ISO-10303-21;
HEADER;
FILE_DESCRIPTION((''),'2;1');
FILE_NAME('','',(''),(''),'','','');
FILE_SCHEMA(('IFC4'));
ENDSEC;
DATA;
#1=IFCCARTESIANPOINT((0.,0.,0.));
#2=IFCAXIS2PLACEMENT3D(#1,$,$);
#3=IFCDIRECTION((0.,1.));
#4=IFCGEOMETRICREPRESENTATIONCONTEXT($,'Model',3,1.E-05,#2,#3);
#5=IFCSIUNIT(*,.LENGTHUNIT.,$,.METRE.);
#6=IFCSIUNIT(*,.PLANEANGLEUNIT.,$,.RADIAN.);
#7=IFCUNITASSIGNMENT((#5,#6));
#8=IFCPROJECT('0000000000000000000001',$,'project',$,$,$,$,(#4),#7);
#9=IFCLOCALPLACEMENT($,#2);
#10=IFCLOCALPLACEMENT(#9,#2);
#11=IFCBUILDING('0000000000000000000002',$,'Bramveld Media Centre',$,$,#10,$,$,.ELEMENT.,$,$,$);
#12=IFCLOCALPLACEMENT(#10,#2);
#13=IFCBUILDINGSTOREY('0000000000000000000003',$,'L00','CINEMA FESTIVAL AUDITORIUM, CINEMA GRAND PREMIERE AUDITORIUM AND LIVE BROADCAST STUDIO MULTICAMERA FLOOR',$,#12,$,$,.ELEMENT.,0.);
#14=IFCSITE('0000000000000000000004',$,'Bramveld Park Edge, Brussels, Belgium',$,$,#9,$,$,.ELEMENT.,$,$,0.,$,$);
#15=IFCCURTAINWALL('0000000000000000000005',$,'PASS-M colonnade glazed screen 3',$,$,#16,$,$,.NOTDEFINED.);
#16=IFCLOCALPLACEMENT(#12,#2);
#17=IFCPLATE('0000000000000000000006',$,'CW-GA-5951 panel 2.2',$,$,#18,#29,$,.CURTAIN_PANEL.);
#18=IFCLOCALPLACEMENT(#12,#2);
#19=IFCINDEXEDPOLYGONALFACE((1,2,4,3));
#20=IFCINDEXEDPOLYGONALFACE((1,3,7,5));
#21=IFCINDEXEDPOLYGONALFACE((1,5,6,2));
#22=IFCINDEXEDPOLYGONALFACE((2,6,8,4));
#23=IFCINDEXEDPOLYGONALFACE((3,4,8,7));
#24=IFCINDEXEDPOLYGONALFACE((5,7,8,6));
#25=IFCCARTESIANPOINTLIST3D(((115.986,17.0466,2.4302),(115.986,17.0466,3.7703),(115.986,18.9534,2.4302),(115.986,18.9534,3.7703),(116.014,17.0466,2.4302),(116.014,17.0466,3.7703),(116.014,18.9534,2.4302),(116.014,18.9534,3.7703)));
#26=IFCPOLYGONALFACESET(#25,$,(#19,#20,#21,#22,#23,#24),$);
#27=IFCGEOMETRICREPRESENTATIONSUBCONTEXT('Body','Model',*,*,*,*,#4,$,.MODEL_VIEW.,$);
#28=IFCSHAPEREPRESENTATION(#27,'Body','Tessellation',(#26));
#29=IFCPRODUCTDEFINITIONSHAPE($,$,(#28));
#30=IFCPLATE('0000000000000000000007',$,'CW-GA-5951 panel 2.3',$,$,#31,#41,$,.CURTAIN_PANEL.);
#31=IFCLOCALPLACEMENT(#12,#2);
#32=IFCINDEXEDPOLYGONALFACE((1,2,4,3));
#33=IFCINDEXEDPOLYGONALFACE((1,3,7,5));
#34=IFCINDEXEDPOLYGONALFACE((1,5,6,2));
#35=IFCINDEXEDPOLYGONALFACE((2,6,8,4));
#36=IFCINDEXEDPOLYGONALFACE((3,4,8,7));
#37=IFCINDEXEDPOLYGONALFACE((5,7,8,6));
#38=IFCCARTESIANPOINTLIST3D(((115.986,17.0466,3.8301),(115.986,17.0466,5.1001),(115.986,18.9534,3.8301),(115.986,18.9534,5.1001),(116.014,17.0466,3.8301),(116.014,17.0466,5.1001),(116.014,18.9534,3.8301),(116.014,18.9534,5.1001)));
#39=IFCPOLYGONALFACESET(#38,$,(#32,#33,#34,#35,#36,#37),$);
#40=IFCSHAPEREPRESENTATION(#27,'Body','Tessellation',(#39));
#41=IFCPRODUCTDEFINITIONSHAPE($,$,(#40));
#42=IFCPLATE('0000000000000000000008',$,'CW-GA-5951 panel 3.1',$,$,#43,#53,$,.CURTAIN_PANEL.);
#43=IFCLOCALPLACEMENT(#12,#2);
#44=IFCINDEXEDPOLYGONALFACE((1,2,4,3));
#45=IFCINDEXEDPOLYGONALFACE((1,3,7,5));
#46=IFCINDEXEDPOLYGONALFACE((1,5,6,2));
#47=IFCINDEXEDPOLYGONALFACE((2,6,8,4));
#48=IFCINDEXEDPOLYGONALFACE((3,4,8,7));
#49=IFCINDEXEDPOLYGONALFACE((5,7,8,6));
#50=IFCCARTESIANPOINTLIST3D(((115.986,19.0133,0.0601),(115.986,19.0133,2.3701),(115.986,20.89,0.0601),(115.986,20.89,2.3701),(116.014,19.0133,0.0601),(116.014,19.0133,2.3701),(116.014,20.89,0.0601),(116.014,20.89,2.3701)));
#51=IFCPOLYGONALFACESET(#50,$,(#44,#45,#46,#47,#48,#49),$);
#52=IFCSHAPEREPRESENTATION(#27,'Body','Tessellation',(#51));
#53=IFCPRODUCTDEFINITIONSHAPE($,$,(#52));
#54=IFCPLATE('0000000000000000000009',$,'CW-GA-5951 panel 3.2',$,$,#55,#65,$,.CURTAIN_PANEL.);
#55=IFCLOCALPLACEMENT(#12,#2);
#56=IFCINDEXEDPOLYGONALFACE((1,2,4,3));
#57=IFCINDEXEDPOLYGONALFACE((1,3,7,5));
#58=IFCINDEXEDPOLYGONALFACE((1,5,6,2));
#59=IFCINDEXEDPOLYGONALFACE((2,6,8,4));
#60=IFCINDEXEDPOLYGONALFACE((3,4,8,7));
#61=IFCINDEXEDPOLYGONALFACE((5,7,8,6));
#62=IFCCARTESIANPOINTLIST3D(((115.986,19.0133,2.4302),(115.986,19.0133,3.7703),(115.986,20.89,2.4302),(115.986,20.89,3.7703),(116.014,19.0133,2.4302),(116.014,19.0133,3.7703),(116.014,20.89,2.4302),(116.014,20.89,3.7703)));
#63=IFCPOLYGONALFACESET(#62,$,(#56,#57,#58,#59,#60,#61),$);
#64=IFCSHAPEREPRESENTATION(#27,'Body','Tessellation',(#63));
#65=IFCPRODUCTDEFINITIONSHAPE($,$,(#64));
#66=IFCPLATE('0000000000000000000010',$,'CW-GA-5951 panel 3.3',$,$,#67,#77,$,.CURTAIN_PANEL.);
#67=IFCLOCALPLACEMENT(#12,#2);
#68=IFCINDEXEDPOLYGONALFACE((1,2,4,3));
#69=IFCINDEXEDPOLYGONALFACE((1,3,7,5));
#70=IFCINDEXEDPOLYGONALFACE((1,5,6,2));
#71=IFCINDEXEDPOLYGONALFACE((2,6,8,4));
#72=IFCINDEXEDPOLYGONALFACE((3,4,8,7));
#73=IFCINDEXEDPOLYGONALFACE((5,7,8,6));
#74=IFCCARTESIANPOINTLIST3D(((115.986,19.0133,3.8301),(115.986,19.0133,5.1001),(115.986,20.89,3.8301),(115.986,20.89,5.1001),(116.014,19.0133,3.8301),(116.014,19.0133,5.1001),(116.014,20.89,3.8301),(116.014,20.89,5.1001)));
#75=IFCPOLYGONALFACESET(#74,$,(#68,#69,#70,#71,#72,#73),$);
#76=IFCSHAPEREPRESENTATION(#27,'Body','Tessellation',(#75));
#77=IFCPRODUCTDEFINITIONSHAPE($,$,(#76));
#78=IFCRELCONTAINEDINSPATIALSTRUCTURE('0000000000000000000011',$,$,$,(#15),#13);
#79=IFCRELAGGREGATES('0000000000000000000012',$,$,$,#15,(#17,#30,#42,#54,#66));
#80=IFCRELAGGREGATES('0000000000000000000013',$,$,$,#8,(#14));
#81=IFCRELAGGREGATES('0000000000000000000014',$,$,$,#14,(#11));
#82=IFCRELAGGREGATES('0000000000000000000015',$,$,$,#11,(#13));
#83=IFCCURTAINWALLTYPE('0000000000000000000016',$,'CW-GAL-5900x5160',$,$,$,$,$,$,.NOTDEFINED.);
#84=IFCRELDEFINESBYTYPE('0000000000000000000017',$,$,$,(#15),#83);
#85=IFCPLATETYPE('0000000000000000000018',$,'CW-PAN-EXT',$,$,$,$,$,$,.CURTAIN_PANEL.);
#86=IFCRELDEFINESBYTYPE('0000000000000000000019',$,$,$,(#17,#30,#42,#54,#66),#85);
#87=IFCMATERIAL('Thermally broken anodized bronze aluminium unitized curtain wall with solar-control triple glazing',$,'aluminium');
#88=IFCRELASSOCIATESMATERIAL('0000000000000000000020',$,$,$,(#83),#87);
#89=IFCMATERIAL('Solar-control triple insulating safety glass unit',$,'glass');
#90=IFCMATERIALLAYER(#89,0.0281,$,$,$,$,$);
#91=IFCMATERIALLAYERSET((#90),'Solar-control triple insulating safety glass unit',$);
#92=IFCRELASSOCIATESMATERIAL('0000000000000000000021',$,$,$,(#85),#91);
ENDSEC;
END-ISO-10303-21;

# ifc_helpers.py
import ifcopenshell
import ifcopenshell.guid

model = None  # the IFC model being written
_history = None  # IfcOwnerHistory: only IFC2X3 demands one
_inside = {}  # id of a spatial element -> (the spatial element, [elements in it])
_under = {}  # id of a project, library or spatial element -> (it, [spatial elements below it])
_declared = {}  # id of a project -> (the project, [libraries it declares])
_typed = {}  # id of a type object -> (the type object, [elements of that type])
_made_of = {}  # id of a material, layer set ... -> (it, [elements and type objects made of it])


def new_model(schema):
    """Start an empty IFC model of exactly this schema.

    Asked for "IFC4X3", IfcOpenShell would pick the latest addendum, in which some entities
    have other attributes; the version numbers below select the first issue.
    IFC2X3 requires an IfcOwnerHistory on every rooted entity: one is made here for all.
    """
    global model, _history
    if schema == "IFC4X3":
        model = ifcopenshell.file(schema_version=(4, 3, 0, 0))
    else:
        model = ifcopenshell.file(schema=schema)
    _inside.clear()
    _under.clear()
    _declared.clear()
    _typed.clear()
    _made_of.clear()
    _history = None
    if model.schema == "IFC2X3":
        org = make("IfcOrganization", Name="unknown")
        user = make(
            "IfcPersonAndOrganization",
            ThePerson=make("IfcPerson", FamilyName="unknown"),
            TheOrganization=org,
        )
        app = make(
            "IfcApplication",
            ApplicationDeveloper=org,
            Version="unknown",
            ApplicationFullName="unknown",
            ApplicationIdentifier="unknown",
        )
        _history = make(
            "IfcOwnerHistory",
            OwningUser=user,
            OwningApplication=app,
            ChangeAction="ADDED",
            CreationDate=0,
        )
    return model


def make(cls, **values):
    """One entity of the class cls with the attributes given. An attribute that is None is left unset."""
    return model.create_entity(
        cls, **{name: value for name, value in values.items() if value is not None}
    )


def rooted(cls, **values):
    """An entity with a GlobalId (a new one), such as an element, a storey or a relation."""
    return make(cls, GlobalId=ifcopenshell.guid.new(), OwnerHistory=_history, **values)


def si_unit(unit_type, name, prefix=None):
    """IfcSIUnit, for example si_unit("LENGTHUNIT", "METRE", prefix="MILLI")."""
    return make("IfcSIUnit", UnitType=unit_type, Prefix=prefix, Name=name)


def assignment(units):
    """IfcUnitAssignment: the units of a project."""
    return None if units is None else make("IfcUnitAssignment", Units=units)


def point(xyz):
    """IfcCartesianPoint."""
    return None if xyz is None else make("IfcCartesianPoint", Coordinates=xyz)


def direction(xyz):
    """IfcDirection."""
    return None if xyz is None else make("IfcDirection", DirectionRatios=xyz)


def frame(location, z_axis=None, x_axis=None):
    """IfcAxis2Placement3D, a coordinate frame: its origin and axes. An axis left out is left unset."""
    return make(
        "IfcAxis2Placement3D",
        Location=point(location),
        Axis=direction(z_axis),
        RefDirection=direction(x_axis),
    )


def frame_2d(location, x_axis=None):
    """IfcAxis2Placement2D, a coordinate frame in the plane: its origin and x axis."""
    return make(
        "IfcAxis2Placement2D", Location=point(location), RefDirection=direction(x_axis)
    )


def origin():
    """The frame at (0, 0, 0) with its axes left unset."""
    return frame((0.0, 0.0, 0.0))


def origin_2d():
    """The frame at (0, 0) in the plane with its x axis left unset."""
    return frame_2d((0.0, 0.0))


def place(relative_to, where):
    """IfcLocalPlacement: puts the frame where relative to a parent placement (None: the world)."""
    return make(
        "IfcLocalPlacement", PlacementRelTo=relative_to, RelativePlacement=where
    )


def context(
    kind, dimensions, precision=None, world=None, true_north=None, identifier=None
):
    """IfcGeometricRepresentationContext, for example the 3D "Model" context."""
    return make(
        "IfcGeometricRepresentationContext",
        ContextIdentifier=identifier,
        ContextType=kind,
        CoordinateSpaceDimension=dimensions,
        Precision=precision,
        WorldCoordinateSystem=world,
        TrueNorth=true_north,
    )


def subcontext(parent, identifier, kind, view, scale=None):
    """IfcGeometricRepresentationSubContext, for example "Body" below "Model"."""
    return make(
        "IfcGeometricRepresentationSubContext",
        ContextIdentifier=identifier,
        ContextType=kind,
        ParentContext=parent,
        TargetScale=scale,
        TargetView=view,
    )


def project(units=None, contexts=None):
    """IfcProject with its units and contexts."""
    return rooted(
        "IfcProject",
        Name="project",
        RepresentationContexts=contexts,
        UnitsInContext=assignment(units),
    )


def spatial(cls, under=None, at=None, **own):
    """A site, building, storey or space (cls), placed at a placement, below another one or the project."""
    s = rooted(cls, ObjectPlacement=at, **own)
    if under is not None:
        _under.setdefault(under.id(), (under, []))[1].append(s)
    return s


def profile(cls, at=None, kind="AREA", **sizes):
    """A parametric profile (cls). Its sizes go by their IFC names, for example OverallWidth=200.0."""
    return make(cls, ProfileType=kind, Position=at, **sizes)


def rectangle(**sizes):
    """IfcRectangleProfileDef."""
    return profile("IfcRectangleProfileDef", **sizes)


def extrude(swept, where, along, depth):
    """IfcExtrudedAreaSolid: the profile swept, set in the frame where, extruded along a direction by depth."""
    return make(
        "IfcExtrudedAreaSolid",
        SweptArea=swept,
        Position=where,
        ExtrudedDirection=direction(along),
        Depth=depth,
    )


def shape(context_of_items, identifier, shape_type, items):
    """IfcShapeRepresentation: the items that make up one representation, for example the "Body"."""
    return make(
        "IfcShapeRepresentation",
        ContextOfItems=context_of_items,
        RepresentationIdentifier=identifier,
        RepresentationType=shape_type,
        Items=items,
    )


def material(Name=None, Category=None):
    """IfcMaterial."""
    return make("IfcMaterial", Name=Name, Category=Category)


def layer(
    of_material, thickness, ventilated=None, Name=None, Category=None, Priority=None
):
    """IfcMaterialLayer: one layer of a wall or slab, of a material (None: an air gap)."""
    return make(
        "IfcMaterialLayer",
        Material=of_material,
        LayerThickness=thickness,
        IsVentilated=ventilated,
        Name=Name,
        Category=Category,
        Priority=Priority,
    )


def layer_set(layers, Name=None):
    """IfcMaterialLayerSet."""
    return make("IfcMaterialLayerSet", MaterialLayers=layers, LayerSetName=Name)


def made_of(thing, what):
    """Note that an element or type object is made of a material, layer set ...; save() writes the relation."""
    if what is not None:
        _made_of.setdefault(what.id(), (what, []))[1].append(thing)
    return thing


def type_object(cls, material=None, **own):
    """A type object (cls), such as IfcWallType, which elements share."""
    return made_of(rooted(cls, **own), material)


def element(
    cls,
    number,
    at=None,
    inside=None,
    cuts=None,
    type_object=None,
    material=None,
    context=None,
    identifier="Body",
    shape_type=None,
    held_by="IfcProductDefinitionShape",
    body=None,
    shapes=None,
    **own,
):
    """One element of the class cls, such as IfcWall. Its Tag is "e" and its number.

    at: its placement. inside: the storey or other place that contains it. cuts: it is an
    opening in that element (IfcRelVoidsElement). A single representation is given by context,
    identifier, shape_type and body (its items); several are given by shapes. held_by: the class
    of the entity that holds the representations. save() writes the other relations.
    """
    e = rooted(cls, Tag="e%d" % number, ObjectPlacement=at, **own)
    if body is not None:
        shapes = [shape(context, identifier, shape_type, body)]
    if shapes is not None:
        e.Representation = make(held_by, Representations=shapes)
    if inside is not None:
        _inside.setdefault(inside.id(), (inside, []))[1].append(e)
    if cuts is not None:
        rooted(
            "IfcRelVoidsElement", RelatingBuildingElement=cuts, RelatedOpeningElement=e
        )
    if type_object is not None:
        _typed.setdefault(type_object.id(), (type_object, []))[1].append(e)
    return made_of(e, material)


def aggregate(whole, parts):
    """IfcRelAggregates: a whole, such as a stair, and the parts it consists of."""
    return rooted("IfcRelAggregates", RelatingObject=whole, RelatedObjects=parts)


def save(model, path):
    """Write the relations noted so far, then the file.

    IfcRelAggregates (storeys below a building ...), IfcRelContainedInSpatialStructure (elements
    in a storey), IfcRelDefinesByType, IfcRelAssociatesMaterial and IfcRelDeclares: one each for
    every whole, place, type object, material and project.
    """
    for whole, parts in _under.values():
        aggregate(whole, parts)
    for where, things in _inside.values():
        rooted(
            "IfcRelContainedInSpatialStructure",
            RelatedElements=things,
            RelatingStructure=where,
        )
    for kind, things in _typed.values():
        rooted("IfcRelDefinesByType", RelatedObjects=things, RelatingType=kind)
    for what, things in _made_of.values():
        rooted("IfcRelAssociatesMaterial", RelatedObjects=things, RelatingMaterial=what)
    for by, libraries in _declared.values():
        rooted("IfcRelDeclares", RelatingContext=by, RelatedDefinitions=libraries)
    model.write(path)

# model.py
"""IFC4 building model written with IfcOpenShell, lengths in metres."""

from ifc_helpers import new_model, si_unit, direction, frame, origin, origin_2d, place, context, subcontext, project, spatial, rectangle, extrude, material, layer, layer_set, type_object, element, aggregate, save


model = new_model("IFC4")

# Units and contexts
model_context = context("Model", 3, precision=1e-05, world=origin(), true_north=direction((0.0, 1.0)))
body_context = subcontext(model_context, "Body", "Model", "MODEL_VIEW")
ifc_project = project(units=[si_unit("LENGTHUNIT", "METRE"), si_unit("PLANEANGLEUNIT", "RADIAN")], contexts=[model_context])

# Site, building, storey
site_placement = place(None, origin())
site = spatial("IfcSite", under=ifc_project, at=site_placement, Name="Bramveld Park Edge, Brussels, Belgium", CompositionType="ELEMENT", RefElevation=0.0)
building_placement = place(site_placement, origin())
building = spatial("IfcBuilding", under=site, at=building_placement, Name="Bramveld Media Centre", CompositionType="ELEMENT")
storey_placement = place(building_placement, origin())
storey = spatial("IfcBuildingStorey", under=building, at=storey_placement, Name="L00", Description="CINEMA FESTIVAL AUDITORIUM, CINEMA GRAND PREMIERE AUDITORIUM AND LIVE BROADCAST STUDIO MULTICAMERA FLOOR", CompositionType="ELEMENT", Elevation=0.0)

# Curtain wall
ifc_material_1 = material(Name="Thermally broken anodized bronze aluminium unitized curtain wall with solar-control triple glazing", Category="aluminium")
curtain_wall_type = type_object("IfcCurtainWallType", Name="CW-GAL-5900x5160", PredefinedType="NOTDEFINED", material=ifc_material_1)
curtain_wall_1_placement = place(storey_placement, origin())
curtain_wall_1 = element("IfcCurtainWall", 1, at=curtain_wall_1_placement, inside=storey, type_object=curtain_wall_type, Name="PASS-M colonnade glazed screen 3", PredefinedType="NOTDEFINED")

# Plates
ifc_material_2 = material(Name="Solar-control triple insulating safety glass unit", Category="glass")
ifc_layer = layer(ifc_material_2, 0.0281)
ifc_layer_set = layer_set([ifc_layer], Name="Solar-control triple insulating safety glass unit")
plate_type = type_object("IfcPlateType", Name="CW-PAN-EXT", PredefinedType="CURTAIN_PANEL", material=ifc_layer_set)
plate_1_placement = place(storey_placement, frame((116.0, 18.0, 2.4302), z_axis=(0.0, 0.0, 1.0), x_axis=(0.0, 1.0, 0.0)))
plate_1 = element("IfcPlate", 2, at=plate_1_placement, type_object=plate_type, Name="CW-GA-5951 panel 2.2", PredefinedType="CURTAIN_PANEL", context=body_context, shape_type="SweptSolid", body=[
    extrude(rectangle(XDim=1.9067, YDim=0.0281, at=origin_2d()), origin(), (0.0, 0.0, 1.0), 1.3401),
])
plate_2_placement = place(storey_placement, frame((116.0, 18.0, 3.8301), z_axis=(0.0, 0.0, 1.0), x_axis=(0.0, 1.0, 0.0)))
plate_2 = element("IfcPlate", 3, at=plate_2_placement, type_object=plate_type, Name="CW-GA-5951 panel 2.3", PredefinedType="CURTAIN_PANEL", context=body_context, shape_type="SweptSolid", body=[
    extrude(rectangle(XDim=1.9067, YDim=0.0281, at=origin_2d()), origin(), (0.0, 0.0, 1.0), 1.27),
])
plate_3_placement = place(storey_placement, frame((116.0, 19.9517, 0.0601), z_axis=(0.0, 0.0, 1.0), x_axis=(0.0, 1.0, 0.0)))
plate_3 = element("IfcPlate", 4, at=plate_3_placement, type_object=plate_type, Name="CW-GA-5951 panel 3.1", PredefinedType="CURTAIN_PANEL", context=body_context, shape_type="SweptSolid", body=[
    extrude(rectangle(XDim=1.8767, YDim=0.0281, at=origin_2d()), origin(), (0.0, 0.0, 1.0), 2.3101),
])
plate_4_placement = place(storey_placement, frame((116.0, 19.9517, 2.4302), z_axis=(0.0, 0.0, 1.0), x_axis=(0.0, 1.0, 0.0)))
plate_4 = element("IfcPlate", 5, at=plate_4_placement, type_object=plate_type, Name="CW-GA-5951 panel 3.2", PredefinedType="CURTAIN_PANEL", context=body_context, shape_type="SweptSolid", body=[
    extrude(rectangle(XDim=1.8767, YDim=0.0281, at=origin_2d()), origin(), (0.0, 0.0, 1.0), 1.3401),
])
plate_5_placement = place(storey_placement, frame((116.0, 19.9517, 3.8301), z_axis=(0.0, 0.0, 1.0), x_axis=(0.0, 1.0, 0.0)))
plate_5 = element("IfcPlate", 6, at=plate_5_placement, type_object=plate_type, Name="CW-GA-5951 panel 3.3", PredefinedType="CURTAIN_PANEL", context=body_context, shape_type="SweptSolid", body=[
    extrude(rectangle(XDim=1.8767, YDim=0.0281, at=origin_2d()), origin(), (0.0, 0.0, 1.0), 1.27),
])
aggregate(curtain_wall_1, [plate_1, plate_2, plate_3, plate_4, plate_5])

save(model, "model.ifc")
